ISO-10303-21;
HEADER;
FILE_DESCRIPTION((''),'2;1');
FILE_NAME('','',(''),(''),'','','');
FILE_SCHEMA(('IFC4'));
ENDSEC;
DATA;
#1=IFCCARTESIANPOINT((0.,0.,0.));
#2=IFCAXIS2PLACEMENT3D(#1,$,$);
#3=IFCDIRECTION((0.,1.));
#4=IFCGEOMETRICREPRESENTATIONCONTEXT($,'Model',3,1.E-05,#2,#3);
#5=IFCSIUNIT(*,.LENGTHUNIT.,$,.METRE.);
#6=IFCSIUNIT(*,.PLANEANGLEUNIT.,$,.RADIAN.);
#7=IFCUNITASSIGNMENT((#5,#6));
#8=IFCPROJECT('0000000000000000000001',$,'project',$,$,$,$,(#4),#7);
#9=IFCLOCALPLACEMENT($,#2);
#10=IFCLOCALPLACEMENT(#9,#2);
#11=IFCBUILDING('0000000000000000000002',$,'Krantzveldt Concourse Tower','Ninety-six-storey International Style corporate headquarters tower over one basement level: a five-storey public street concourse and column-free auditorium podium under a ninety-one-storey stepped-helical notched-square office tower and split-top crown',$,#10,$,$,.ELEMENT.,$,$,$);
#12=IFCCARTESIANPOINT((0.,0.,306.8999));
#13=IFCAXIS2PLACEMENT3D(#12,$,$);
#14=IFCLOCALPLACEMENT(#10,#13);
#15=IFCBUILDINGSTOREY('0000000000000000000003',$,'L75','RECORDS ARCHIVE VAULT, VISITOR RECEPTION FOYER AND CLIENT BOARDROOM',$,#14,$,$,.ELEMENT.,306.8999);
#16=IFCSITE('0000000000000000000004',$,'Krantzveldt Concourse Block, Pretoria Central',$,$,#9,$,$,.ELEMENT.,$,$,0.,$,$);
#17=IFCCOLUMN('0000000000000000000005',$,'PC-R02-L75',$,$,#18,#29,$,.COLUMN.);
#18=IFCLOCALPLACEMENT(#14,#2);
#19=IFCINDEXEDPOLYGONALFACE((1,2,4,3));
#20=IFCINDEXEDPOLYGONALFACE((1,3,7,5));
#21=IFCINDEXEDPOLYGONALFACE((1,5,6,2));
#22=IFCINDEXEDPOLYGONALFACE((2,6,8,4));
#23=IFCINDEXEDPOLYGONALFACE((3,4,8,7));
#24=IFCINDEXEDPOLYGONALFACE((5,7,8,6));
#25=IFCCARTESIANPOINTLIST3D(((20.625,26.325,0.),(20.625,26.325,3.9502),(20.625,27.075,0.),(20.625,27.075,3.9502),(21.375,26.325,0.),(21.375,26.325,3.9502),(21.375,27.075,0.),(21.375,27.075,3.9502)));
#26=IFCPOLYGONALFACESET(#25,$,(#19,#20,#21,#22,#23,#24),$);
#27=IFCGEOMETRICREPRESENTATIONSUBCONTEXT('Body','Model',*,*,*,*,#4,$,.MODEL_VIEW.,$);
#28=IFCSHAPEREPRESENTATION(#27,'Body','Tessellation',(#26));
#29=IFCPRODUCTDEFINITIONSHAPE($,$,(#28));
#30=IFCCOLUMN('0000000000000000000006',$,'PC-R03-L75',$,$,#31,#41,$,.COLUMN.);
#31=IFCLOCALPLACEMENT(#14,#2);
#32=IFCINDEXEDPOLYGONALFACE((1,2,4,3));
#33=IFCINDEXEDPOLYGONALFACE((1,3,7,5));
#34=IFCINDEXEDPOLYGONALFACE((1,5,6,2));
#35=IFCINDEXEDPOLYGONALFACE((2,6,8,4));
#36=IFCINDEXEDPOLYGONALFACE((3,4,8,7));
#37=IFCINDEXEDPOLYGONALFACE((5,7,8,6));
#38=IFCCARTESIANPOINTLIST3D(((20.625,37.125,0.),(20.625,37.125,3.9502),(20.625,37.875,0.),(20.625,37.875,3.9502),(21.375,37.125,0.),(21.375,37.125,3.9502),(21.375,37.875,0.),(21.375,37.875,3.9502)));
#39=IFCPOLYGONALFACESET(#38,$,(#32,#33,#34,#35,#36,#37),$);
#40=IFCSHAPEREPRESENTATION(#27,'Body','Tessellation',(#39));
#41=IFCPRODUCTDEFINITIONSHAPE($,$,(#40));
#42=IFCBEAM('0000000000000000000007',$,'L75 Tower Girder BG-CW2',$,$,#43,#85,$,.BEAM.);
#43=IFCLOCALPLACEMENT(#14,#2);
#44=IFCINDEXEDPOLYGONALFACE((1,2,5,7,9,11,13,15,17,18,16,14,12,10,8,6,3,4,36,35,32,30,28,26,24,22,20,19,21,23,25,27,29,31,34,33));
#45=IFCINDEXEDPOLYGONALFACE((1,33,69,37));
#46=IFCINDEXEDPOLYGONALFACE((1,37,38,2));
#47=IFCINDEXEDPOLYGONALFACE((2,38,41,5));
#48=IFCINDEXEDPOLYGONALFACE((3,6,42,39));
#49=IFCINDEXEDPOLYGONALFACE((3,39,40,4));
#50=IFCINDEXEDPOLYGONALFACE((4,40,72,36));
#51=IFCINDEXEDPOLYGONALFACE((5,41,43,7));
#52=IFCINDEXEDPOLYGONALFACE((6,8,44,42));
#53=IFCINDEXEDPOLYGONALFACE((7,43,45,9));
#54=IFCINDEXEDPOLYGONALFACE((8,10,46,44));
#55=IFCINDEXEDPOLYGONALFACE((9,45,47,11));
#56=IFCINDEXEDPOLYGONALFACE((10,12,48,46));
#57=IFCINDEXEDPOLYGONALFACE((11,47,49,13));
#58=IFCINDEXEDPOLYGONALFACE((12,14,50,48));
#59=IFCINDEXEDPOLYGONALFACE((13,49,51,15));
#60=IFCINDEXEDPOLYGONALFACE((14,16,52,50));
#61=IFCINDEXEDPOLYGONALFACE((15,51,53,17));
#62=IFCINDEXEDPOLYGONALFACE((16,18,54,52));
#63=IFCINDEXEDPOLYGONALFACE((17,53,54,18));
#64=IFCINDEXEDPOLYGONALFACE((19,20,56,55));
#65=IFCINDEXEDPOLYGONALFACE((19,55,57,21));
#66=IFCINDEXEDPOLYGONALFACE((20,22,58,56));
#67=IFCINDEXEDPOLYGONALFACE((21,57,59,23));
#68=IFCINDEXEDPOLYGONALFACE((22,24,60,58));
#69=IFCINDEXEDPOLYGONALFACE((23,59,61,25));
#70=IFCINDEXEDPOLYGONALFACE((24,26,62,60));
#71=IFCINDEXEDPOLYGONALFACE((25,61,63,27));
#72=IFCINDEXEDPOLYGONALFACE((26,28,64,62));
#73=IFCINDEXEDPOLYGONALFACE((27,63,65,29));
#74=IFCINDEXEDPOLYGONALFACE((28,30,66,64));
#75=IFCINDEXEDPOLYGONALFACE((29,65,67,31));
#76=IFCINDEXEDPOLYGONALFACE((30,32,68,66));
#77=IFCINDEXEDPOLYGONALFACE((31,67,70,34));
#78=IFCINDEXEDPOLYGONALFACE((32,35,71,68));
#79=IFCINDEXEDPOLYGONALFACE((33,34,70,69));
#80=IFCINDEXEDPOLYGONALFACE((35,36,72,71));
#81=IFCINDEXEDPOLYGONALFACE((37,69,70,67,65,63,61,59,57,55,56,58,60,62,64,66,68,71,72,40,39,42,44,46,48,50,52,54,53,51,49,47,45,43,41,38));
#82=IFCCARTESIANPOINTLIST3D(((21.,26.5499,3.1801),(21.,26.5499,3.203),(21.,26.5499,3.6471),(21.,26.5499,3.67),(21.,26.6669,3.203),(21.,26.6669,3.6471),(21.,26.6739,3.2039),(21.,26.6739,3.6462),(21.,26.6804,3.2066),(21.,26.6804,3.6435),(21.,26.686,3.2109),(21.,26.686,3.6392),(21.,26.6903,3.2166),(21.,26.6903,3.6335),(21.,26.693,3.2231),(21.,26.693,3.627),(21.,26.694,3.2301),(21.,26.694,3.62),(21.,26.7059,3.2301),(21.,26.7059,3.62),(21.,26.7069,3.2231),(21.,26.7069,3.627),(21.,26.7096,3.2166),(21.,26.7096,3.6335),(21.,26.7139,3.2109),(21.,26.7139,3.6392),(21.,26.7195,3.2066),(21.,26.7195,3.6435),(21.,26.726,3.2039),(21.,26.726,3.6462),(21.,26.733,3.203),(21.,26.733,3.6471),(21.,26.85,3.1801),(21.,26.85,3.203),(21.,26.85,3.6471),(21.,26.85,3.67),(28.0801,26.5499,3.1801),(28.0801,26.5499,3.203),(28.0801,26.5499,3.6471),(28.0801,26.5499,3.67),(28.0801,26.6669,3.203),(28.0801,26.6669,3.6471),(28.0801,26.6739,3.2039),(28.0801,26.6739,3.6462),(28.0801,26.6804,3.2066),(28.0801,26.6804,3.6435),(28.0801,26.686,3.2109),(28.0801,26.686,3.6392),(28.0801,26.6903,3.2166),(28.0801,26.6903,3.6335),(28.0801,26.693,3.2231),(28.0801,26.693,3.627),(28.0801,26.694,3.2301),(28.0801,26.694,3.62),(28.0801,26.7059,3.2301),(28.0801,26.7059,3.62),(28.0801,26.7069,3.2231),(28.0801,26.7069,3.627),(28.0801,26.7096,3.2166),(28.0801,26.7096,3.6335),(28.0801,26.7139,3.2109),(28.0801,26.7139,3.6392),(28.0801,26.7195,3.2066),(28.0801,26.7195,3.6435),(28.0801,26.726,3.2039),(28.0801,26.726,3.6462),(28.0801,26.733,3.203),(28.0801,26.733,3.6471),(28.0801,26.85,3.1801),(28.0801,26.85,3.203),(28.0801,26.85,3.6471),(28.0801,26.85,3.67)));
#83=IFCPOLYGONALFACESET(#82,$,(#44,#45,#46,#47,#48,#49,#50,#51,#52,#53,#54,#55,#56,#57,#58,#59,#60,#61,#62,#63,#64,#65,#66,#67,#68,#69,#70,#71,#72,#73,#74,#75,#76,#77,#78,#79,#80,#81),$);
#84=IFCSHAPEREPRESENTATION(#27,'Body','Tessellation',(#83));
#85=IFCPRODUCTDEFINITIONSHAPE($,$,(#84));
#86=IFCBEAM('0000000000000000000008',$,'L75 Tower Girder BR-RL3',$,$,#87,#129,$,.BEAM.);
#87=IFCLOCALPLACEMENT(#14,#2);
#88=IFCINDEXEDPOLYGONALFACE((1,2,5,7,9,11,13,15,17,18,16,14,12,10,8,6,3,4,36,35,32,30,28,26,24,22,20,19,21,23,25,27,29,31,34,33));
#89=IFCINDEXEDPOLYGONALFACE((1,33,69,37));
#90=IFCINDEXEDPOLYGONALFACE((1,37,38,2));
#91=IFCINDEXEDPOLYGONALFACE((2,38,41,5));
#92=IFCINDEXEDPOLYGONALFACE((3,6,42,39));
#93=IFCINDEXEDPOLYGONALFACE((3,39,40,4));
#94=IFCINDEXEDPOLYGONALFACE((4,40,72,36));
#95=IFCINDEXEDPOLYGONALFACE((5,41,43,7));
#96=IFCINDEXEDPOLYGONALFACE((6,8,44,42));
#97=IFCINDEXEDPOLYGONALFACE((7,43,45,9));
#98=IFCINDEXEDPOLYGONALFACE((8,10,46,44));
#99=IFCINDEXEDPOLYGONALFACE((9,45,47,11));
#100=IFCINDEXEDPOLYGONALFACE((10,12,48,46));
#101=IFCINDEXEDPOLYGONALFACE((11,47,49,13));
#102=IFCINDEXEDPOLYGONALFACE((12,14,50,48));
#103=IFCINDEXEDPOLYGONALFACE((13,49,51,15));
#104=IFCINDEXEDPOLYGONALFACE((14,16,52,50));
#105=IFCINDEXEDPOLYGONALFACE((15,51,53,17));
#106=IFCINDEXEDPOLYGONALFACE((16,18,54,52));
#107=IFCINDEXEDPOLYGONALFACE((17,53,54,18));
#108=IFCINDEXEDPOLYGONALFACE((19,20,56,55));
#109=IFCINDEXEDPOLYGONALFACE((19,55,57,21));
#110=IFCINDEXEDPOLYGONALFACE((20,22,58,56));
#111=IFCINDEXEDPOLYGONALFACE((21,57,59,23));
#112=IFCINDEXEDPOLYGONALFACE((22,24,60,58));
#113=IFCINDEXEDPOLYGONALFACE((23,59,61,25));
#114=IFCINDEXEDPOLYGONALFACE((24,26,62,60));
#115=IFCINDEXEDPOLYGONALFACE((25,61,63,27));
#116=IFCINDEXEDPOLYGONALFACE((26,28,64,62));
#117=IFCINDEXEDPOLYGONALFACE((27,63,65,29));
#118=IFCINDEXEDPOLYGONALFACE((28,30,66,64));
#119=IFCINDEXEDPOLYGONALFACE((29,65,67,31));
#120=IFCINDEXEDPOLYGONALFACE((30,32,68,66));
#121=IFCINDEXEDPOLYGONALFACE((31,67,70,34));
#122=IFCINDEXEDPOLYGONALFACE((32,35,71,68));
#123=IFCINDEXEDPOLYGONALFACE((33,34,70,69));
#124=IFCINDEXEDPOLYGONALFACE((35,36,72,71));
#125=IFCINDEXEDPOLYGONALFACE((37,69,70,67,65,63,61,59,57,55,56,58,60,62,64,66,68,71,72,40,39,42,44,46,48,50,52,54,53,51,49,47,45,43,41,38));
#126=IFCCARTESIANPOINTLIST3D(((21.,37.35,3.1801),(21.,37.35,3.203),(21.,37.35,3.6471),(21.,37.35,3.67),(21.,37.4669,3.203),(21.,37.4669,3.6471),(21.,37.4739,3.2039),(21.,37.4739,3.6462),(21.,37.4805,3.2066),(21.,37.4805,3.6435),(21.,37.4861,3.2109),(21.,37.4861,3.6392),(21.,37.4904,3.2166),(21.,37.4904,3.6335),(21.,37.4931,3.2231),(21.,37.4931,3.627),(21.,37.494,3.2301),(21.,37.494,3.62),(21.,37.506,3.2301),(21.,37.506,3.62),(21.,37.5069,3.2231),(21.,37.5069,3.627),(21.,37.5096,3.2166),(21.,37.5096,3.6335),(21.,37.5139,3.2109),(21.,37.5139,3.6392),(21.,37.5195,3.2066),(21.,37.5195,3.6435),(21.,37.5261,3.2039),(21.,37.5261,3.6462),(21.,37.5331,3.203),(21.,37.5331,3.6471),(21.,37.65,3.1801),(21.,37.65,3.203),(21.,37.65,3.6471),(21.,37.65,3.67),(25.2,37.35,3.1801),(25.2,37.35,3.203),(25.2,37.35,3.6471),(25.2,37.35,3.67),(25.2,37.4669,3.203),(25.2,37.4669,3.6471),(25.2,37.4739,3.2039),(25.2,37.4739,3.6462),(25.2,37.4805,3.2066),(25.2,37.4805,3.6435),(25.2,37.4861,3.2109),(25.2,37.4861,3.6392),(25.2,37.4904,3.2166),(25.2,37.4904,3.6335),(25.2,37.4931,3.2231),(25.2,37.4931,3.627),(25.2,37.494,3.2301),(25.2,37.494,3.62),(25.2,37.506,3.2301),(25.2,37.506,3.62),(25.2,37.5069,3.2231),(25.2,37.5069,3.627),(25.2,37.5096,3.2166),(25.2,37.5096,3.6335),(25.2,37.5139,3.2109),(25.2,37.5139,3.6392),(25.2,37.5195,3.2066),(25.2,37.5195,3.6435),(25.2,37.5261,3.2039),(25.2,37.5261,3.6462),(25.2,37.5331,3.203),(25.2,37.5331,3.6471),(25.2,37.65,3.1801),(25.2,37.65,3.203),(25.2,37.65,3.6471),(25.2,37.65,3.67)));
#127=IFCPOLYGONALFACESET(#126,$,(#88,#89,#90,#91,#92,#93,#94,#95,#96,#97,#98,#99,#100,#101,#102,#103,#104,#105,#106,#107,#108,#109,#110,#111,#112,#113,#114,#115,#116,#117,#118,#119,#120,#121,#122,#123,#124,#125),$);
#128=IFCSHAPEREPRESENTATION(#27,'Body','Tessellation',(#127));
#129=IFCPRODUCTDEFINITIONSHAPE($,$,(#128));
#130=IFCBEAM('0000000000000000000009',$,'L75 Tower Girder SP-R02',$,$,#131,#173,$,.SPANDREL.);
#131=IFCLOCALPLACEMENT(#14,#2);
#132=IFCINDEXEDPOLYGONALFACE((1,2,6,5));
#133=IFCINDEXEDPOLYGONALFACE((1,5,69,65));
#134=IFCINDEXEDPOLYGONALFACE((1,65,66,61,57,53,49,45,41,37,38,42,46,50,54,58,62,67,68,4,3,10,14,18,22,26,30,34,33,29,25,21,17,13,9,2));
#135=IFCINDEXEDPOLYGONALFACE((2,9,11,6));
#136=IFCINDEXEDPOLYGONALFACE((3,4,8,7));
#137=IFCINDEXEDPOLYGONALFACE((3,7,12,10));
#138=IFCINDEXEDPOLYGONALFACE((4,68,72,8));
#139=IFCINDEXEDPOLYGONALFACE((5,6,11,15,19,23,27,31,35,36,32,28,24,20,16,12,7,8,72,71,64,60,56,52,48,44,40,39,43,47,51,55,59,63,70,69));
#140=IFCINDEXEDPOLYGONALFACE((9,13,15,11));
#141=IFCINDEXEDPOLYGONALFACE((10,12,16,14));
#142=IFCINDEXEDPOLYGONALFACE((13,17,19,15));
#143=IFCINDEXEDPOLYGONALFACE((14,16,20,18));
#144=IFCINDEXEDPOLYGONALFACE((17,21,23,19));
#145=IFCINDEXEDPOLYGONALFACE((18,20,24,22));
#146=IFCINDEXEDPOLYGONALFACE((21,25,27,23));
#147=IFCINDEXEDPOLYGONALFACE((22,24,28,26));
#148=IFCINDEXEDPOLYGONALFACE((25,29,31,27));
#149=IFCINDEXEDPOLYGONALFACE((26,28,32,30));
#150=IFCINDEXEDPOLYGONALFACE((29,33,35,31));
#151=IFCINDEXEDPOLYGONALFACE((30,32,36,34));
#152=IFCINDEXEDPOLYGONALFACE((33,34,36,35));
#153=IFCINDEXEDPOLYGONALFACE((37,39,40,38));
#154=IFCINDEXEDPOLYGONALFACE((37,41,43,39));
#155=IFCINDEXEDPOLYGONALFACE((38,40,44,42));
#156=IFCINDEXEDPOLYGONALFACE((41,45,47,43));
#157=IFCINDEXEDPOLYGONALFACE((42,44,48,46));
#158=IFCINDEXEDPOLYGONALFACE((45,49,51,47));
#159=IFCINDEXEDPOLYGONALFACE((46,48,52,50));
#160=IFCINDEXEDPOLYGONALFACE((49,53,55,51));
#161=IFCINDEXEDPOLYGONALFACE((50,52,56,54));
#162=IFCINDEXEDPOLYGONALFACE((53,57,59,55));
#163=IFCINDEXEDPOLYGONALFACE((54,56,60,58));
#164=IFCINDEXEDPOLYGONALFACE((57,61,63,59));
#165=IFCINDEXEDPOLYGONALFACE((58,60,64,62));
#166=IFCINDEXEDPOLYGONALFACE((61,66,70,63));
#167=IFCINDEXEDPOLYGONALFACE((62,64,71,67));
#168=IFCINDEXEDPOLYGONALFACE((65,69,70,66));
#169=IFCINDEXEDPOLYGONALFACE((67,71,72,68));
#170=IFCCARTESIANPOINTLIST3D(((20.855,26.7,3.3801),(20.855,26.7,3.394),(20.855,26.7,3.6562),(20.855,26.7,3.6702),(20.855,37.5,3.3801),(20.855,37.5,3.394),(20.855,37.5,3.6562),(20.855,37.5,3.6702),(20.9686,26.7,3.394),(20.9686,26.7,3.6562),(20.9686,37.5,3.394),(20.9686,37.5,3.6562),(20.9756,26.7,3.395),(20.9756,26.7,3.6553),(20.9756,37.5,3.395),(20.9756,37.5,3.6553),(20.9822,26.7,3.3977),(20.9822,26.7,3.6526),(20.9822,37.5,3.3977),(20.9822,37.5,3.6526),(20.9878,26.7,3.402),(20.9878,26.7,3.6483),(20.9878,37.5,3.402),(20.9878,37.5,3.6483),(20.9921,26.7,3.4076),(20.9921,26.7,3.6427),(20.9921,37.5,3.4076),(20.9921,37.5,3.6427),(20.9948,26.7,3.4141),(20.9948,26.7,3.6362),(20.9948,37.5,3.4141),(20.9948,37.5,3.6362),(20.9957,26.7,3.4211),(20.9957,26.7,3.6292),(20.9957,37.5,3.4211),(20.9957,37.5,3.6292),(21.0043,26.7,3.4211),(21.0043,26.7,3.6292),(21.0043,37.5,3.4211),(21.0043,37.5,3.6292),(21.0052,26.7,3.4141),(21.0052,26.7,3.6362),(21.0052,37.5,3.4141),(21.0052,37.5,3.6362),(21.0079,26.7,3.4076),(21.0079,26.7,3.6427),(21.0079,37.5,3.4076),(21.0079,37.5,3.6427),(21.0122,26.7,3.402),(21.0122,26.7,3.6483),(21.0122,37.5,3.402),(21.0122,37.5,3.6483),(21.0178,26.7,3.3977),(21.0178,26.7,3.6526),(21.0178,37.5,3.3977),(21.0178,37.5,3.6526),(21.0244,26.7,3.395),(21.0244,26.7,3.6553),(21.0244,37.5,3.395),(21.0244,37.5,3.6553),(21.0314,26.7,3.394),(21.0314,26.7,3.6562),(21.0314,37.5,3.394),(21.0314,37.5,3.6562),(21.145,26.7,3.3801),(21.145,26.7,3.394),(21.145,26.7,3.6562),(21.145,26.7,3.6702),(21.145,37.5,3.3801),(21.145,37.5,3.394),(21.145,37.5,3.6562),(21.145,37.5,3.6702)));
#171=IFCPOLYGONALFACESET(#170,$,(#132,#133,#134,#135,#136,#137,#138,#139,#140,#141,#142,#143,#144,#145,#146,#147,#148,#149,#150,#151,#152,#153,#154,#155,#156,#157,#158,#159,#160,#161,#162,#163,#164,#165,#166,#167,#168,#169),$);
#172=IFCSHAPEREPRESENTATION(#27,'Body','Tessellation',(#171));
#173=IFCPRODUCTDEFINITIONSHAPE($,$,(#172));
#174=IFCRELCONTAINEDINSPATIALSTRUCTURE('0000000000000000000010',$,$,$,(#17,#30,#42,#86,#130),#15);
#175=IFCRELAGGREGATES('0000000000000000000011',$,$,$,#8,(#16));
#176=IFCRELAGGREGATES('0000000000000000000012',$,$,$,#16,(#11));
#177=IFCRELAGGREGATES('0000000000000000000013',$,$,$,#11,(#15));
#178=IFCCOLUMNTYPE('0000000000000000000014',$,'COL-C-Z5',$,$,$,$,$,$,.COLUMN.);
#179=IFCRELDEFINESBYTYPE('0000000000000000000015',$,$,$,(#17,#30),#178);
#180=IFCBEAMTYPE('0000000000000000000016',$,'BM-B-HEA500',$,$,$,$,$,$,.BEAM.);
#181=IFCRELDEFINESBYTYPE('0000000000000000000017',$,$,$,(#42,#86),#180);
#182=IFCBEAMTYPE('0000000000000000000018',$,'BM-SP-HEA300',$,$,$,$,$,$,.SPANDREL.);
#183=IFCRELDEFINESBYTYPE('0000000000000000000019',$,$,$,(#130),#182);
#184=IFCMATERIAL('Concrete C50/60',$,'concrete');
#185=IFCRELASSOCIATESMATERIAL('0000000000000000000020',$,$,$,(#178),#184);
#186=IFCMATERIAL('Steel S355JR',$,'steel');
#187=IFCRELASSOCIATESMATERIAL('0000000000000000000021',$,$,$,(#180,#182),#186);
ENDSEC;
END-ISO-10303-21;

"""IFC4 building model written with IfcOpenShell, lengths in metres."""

from ifc_helpers import new_model, si_unit, direction, frame, origin, origin_2d, place, context, subcontext, project, spatial, rectangle, i_section, extrude, source, transform, mapped, material, material_profile, profile_set, type_object, type_shapes, element, save


model = new_model("IFC4")

# Units and contexts
model_context = context("Model", 3, precision=1e-05, world=origin(), true_north=direction((0.0, 1.0)))
body_context = subcontext(model_context, "Body", "Model", "MODEL_VIEW")
ifc_project = project(units=[si_unit("LENGTHUNIT", "METRE"), si_unit("PLANEANGLEUNIT", "RADIAN")], contexts=[model_context])

# Site, building, storey
site_placement = place(None, origin())
site = spatial("IfcSite", under=ifc_project, at=site_placement, Name="Krantzveldt Concourse Block, Pretoria Central", CompositionType="ELEMENT", RefElevation=0.0)
building_placement = place(site_placement, origin())
building = spatial("IfcBuilding", under=site, at=building_placement, Name="Krantzveldt Concourse Tower", Description="Ninety-six-storey International Style corporate headquarters tower over one basement level: a five-storey public street concourse and column-free auditorium podium under a ninety-one-storey stepped-helical notched-square office tower and split-top crown", CompositionType="ELEMENT")
storey_placement = place(building_placement, frame((0.0, 0.0, 306.8999)))
storey = spatial("IfcBuildingStorey", under=building, at=storey_placement, Name="L75", Description="RECORDS ARCHIVE VAULT, VISITOR RECEPTION FOYER AND CLIENT BOARDROOM", CompositionType="ELEMENT", Elevation=306.8999)

# Columns
ifc_material_1 = material(Name="Concrete C50/60", Category="concrete")
ifc_material_profile_1 = material_profile(ifc_material_1, rectangle(XDim=0.75, YDim=0.75, at=origin_2d()), Name="Concrete C50/60", Category="concrete")
ifc_profile_set_1 = profile_set([ifc_material_profile_1], Name="Concrete C50/60 - RC 750x750")
column_type = type_object("IfcColumnType", Name="COL-C-Z5", PredefinedType="COLUMN", material=ifc_profile_set_1)
shared_shape_1 = source(origin(), body_context, "Body", "SweptSolid", [
    extrude(rectangle(XDim=0.75, YDim=0.75, at=origin_2d()), origin(), (0.0, 0.0, 1.0), 3.9502),
])
type_shapes(column_type, [shared_shape_1])
for number, where, z_axis, x_axis, name in (
    (1, (21.0, 26.7, 0.0), (0.0, 0.0, 1.0), (1.0, 0.0, 0.0), "PC-R02-L75"),
    (2, (21.0, 37.5, 0.0), (0.0, 0.0, 1.0), (1.0, 0.0, 0.0), "PC-R03-L75"),
):
    element("IfcColumn", number, at=place(storey_placement, frame(where, z_axis=z_axis, x_axis=x_axis)), inside=storey, type_object=column_type, Name=name, PredefinedType="COLUMN", context=body_context, shape_type="MappedRepresentation", body=[
        mapped(shared_shape_1, transform((0.0, 0.0, 0.0), x_axis=(1.0, 0.0, 0.0), y_axis=(0.0, 1.0, 0.0), z_axis=(0.0, 0.0, 1.0), scale=1.0)),
    ])

# Beams
ifc_material_2 = material(Name="Steel S355JR", Category="steel")
ifc_material_profile_2 = material_profile(ifc_material_2, i_section(OverallWidth=0.3, OverallDepth=0.49, WebThickness=0.012, FlangeThickness=0.0229, FilletRadius=0.0271, at=origin_2d()), Name="Steel S355JR", Category="steel")
ifc_profile_set_2 = profile_set([ifc_material_profile_2], Name="Steel S355JR - HEA 500")
beam_type_1 = type_object("IfcBeamType", Name="BM-B-HEA500", PredefinedType="BEAM", material=ifc_profile_set_2)
shared_shape_2 = source(origin(), body_context, "Body", "SweptSolid", [
    extrude(i_section(OverallWidth=0.3, OverallDepth=0.49, WebThickness=0.012, FlangeThickness=0.0229, FilletRadius=0.0271, at=origin_2d()), origin(), (0.0, 0.0, 1.0), 7.0801),
])
beam_1_placement = place(storey_placement, frame((21.0, 26.7, 3.425), z_axis=(1.0, 0.0, 0.0), x_axis=(0.0, 1.0, 0.0)))
element("IfcBeam", 3, at=beam_1_placement, inside=storey, type_object=beam_type_1, Name="L75 Tower Girder BG-CW2", PredefinedType="BEAM", context=body_context, shape_type="MappedRepresentation", body=[
    mapped(shared_shape_2, transform((0.0, 0.0, 0.0), x_axis=(1.0, 0.0, 0.0), y_axis=(0.0, 1.0, 0.0), z_axis=(0.0, 0.0, 1.0), scale=1.0)),
])
shared_shape_3 = source(origin(), body_context, "Body", "SweptSolid", [
    extrude(i_section(OverallWidth=0.3, OverallDepth=0.49, WebThickness=0.012, FlangeThickness=0.0229, FilletRadius=0.0271, at=origin_2d()), origin(), (0.0, 0.0, 1.0), 4.2),
])
type_shapes(beam_type_1, [shared_shape_2, shared_shape_3])
beam_2_placement = place(storey_placement, frame((21.0, 37.5, 3.425), z_axis=(1.0, 0.0, 0.0), x_axis=(0.0, 1.0, 0.0)))
element("IfcBeam", 4, at=beam_2_placement, inside=storey, type_object=beam_type_1, Name="L75 Tower Girder BR-RL3", PredefinedType="BEAM", context=body_context, shape_type="MappedRepresentation", body=[
    mapped(shared_shape_3, transform((0.0, 0.0, 0.0), x_axis=(1.0, 0.0, 0.0), y_axis=(0.0, 1.0, 0.0), z_axis=(0.0, 0.0, 1.0), scale=1.0)),
])
ifc_material_profile_3 = material_profile(ifc_material_2, i_section(OverallWidth=0.29, OverallDepth=0.29, WebThickness=0.0085, FlangeThickness=0.0139, FilletRadius=0.0271, at=origin_2d()), Name="Steel S355JR", Category="steel")
ifc_profile_set_3 = profile_set([ifc_material_profile_3], Name="Steel S355JR - HEA 300")
beam_type_2 = type_object("IfcBeamType", Name="BM-SP-HEA300", PredefinedType="SPANDREL", material=ifc_profile_set_3)
shared_shape_4 = source(origin(), body_context, "Body", "SweptSolid", [
    extrude(i_section(OverallWidth=0.29, OverallDepth=0.29, WebThickness=0.0085, FlangeThickness=0.0139, FilletRadius=0.0271, at=origin_2d()), origin(), (0.0, 0.0, 1.0), 10.8),
])
beam_3_placement = place(storey_placement, frame((21.0, 26.7, 3.5251), z_axis=(0.0, 1.0, 0.0), x_axis=(-1.0, 0.0, 0.0)))
element("IfcBeam", 5, at=beam_3_placement, inside=storey, type_object=beam_type_2, Name="L75 Tower Girder SP-R02", PredefinedType="SPANDREL", context=body_context, shape_type="MappedRepresentation", body=[
    mapped(shared_shape_4, transform((0.0, 0.0, 0.0), x_axis=(1.0, 0.0, 0.0), y_axis=(0.0, 1.0, 0.0), z_axis=(0.0, 0.0, 1.0), scale=1.0)),
])

save(model, "model.ifc")
